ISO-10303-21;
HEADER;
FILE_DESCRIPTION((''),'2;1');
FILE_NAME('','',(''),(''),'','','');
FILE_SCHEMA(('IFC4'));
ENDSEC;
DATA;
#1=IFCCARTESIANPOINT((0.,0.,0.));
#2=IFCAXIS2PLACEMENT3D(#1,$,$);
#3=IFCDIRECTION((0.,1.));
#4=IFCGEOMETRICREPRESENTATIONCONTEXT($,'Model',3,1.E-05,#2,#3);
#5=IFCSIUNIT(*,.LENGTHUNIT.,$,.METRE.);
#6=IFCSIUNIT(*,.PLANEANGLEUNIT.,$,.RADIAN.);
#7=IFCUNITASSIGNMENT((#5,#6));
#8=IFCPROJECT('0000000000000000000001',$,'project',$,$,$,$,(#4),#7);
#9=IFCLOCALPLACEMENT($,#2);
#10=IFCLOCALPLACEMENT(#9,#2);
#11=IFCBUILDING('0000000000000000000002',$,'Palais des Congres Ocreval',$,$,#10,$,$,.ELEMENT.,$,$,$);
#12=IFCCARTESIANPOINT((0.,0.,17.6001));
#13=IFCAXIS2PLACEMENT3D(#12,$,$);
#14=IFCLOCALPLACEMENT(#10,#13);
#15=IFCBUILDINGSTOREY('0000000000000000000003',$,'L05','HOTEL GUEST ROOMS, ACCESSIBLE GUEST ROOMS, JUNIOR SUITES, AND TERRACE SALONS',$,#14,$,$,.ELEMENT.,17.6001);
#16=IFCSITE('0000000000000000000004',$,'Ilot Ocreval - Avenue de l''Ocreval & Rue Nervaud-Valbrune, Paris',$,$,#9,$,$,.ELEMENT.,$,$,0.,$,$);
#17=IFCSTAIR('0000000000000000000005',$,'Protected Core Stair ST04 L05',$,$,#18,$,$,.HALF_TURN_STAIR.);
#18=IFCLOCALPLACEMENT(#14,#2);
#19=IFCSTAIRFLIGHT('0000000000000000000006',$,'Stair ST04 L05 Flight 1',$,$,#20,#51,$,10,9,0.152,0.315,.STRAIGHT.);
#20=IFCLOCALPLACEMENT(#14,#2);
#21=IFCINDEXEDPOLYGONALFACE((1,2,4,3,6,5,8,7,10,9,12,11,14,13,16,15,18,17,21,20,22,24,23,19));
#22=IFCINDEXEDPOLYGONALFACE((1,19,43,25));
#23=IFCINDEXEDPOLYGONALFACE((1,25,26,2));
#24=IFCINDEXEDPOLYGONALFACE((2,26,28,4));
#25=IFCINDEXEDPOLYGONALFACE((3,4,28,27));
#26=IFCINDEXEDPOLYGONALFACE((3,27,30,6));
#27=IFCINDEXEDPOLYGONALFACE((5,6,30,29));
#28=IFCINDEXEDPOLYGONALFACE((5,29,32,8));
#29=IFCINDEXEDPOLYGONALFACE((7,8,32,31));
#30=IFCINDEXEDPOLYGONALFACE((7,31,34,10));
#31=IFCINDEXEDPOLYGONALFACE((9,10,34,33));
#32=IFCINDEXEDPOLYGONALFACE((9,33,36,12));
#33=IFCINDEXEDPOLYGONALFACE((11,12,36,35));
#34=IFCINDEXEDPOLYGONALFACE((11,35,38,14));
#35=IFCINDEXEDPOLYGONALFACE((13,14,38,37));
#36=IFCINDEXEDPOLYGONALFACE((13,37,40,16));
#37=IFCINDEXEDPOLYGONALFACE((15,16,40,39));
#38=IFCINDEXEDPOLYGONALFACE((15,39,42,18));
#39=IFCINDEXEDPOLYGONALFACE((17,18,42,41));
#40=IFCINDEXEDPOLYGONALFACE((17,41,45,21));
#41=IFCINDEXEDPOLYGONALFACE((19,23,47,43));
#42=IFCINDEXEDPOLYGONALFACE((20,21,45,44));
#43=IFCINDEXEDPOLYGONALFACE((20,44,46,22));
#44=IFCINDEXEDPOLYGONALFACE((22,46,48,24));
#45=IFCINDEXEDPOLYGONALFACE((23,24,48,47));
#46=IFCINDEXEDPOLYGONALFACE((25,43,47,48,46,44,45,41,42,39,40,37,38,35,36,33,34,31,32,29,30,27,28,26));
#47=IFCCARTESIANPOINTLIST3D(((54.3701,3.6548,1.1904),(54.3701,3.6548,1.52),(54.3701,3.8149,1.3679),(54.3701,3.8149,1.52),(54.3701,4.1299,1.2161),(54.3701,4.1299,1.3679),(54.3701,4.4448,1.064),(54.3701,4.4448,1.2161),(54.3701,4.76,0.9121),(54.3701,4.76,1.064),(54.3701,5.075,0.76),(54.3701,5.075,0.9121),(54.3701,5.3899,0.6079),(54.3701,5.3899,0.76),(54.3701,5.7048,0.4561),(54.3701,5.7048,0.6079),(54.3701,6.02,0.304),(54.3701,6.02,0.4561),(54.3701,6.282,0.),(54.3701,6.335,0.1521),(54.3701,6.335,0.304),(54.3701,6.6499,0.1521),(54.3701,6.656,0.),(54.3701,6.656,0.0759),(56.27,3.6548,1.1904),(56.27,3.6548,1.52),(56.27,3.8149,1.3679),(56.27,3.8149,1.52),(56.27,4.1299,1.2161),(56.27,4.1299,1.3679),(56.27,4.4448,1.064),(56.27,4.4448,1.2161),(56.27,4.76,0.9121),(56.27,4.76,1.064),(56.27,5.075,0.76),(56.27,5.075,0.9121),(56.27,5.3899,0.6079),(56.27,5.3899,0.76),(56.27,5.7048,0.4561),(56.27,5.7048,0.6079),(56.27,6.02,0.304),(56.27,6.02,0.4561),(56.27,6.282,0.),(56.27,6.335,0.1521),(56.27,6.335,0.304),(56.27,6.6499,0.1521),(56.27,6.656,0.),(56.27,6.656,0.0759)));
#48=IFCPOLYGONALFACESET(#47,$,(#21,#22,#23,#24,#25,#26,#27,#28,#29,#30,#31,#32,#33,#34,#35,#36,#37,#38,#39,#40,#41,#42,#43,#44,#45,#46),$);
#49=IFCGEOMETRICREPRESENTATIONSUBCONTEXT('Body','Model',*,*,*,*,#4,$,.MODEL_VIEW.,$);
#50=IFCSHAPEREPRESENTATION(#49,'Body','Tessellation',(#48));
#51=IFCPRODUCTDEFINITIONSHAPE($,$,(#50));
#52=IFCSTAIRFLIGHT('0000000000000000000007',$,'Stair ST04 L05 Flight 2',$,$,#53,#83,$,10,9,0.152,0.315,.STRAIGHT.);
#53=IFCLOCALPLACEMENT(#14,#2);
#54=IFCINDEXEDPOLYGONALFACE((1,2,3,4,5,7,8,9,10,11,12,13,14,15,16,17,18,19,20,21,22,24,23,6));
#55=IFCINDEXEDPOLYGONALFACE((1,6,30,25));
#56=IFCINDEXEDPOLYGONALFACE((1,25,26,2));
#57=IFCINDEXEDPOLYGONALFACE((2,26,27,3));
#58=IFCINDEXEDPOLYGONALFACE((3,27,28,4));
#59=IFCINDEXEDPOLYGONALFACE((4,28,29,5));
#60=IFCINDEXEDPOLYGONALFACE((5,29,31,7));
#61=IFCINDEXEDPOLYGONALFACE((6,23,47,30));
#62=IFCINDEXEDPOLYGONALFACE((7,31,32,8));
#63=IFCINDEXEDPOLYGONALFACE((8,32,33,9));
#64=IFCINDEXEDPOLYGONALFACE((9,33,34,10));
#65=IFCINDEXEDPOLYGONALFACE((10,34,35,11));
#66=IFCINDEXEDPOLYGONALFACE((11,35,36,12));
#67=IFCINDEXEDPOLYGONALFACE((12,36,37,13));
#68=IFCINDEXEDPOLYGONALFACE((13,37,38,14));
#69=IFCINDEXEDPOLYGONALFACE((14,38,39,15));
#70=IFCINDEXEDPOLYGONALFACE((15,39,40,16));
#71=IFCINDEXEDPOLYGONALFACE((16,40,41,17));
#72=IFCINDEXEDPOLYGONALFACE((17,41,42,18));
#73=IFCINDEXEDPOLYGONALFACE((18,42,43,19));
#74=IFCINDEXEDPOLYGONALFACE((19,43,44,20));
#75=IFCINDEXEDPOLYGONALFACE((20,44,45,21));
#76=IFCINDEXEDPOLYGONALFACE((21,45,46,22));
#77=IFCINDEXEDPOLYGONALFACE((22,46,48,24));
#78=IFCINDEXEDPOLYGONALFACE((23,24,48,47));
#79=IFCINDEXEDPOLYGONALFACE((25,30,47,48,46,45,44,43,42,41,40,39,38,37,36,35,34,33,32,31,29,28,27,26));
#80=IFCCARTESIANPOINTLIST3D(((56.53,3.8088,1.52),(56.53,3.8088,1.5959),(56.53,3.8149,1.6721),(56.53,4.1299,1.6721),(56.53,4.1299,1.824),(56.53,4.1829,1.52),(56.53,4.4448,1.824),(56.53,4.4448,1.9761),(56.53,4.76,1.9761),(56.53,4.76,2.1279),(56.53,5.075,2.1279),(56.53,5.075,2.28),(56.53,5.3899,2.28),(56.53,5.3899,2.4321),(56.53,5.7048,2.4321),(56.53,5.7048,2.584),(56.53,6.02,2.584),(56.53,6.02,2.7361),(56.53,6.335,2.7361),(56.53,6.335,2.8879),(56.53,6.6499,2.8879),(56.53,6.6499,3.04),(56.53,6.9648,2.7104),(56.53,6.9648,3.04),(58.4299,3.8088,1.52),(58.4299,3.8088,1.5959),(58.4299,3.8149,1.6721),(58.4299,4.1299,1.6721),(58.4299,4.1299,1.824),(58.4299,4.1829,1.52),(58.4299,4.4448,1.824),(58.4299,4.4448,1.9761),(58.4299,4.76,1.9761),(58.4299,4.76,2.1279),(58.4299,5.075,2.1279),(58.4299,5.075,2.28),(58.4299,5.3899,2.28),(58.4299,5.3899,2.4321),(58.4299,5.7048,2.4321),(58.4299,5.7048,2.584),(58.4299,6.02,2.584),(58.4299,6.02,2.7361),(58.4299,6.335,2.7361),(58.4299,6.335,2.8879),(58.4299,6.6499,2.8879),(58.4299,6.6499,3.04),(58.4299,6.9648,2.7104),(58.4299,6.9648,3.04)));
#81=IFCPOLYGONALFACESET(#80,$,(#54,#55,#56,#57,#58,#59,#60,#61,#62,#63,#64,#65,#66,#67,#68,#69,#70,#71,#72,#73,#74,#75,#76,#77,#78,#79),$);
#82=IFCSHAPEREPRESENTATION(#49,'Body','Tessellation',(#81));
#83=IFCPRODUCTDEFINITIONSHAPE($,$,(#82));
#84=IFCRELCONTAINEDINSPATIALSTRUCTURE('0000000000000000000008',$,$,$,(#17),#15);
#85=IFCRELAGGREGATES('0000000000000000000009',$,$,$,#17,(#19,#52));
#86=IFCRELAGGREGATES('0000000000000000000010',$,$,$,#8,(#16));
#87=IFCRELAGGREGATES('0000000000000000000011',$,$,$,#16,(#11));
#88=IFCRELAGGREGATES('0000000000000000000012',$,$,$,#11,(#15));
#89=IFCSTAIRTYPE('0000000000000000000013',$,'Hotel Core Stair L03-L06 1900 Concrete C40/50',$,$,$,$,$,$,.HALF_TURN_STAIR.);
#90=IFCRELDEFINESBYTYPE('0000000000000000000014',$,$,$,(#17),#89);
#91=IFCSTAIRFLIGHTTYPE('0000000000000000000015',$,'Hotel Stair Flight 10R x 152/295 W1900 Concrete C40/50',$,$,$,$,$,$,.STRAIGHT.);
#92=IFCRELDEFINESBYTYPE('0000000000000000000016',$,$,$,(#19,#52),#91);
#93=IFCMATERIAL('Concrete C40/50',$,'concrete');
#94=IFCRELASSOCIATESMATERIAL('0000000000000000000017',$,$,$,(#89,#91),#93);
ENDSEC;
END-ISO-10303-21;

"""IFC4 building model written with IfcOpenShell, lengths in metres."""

from ifc_helpers import new_model, si_unit, direction, frame, origin, place, context, subcontext, project, spatial, polyline, outline, extrude, material, type_object, element, aggregate, save


model = new_model("IFC4")

# Units and contexts
model_context = context("Model", 3, precision=1e-05, world=origin(), true_north=direction((0.0, 1.0)))
body_context = subcontext(model_context, "Body", "Model", "MODEL_VIEW")
ifc_project = project(units=[si_unit("LENGTHUNIT", "METRE"), si_unit("PLANEANGLEUNIT", "RADIAN")], contexts=[model_context])

# Site, building, storey
site_placement = place(None, origin())
site = spatial("IfcSite", under=ifc_project, at=site_placement, Name="Ilot Ocreval - Avenue de l'Ocreval & Rue Nervaud-Valbrune, Paris", CompositionType="ELEMENT", RefElevation=0.0)
building_placement = place(site_placement, origin())
building = spatial("IfcBuilding", under=site, at=building_placement, Name="Palais des Congres Ocreval", CompositionType="ELEMENT")
storey_placement = place(building_placement, frame((0.0, 0.0, 17.6001)))
storey = spatial("IfcBuildingStorey", under=building, at=storey_placement, Name="L05", Description="HOTEL GUEST ROOMS, ACCESSIBLE GUEST ROOMS, JUNIOR SUITES, AND TERRACE SALONS", CompositionType="ELEMENT", Elevation=17.6001)

# Shared definitions
ifc_material_1 = material(Name="Concrete C40/50", Category="concrete")

# Stair, stair flights
stair_type = type_object("IfcStairType", Name="Hotel Core Stair L03-L06 1900 Concrete C40/50", PredefinedType="HALF_TURN_STAIR", material=ifc_material_1)
stair_placement = place(storey_placement, origin())
stair = element("IfcStair", 1, at=stair_placement, inside=storey, type_object=stair_type, Name="Protected Core Stair ST04 L05", PredefinedType="HALF_TURN_STAIR")
stair_flight_type = type_object("IfcStairFlightType", Name="Hotel Stair Flight 10R x 152/295 W1900 Concrete C40/50", PredefinedType="STRAIGHT", material=ifc_material_1)
stair_flight_1_placement = place(storey_placement, frame((55.3201, 6.6499, 0.0), z_axis=(0.0, 0.0, 1.0), x_axis=(0.0, -1.0, 0.0)))
stair_flight_1 = element("IfcStairFlight", 2, at=stair_flight_1_placement, type_object=stair_flight_type, Name="Stair ST04 L05 Flight 1", NumberOfRisers=10, NumberOfTreads=9, PredefinedType="STRAIGHT", RiserHeight=0.152, TreadLength=0.315, context=body_context, shape_type="SweptSolid", body=[
    extrude(outline(polyline([(-0.0061, 0.0), (-0.0061, 0.0759), (0.0, 0.1521), (0.3149, 0.1521), (0.3149, 0.304), (0.6299, 0.304), (0.6299, 0.4561), (0.9451, 0.4561), (0.9451, 0.6079), (1.26, 0.6079), (1.26, 0.76), (1.575, 0.76), (1.575, 0.9121), (1.8899, 0.9121), (1.8899, 1.064), (2.2051, 1.064), (2.2051, 1.2161), (2.52, 1.2161), (2.52, 1.3679), (2.835, 1.3679), (2.835, 1.52), (2.9951, 1.52), (2.9951, 1.1904), (0.3679, 0.0), (-0.0061, 0.0)])), frame((0.0, 0.95, 0.0), z_axis=(0.0, -1.0, 0.0), x_axis=(1.0, 0.0, 0.0)), (0.0, 0.0, 1.0), 1.8999),
])
stair_flight_2_placement = place(storey_placement, frame((57.48, 3.8149, 1.52), z_axis=(0.0, 0.0, 1.0), x_axis=(0.0, 1.0, 0.0)))
stair_flight_2 = element("IfcStairFlight", 3, at=stair_flight_2_placement, type_object=stair_flight_type, Name="Stair ST04 L05 Flight 2", NumberOfRisers=10, NumberOfTreads=9, PredefinedType="STRAIGHT", RiserHeight=0.152, TreadLength=0.315, context=body_context, shape_type="SweptSolid", body=[
    extrude(outline(polyline([(-0.0061, 0.0), (-0.0061, 0.0759), (0.0, 0.1521), (0.3149, 0.1521), (0.3149, 0.304), (0.6299, 0.304), (0.6299, 0.4561), (0.9451, 0.4561), (0.9451, 0.6079), (1.26, 0.6079), (1.26, 0.76), (1.575, 0.76), (1.575, 0.9121), (1.8899, 0.9121), (1.8899, 1.064), (2.2051, 1.064), (2.2051, 1.2161), (2.52, 1.2161), (2.52, 1.3679), (2.835, 1.3679), (2.835, 1.52), (3.1499, 1.52), (3.1499, 1.1904), (0.3679, 0.0), (-0.0061, 0.0)])), frame((0.0, 0.95, 0.0), z_axis=(0.0, -1.0, 0.0), x_axis=(1.0, 0.0, 0.0)), (0.0, 0.0, 1.0), 1.8999),
])
aggregate(stair, [stair_flight_1, stair_flight_2])

save(model, "model.ifc")
